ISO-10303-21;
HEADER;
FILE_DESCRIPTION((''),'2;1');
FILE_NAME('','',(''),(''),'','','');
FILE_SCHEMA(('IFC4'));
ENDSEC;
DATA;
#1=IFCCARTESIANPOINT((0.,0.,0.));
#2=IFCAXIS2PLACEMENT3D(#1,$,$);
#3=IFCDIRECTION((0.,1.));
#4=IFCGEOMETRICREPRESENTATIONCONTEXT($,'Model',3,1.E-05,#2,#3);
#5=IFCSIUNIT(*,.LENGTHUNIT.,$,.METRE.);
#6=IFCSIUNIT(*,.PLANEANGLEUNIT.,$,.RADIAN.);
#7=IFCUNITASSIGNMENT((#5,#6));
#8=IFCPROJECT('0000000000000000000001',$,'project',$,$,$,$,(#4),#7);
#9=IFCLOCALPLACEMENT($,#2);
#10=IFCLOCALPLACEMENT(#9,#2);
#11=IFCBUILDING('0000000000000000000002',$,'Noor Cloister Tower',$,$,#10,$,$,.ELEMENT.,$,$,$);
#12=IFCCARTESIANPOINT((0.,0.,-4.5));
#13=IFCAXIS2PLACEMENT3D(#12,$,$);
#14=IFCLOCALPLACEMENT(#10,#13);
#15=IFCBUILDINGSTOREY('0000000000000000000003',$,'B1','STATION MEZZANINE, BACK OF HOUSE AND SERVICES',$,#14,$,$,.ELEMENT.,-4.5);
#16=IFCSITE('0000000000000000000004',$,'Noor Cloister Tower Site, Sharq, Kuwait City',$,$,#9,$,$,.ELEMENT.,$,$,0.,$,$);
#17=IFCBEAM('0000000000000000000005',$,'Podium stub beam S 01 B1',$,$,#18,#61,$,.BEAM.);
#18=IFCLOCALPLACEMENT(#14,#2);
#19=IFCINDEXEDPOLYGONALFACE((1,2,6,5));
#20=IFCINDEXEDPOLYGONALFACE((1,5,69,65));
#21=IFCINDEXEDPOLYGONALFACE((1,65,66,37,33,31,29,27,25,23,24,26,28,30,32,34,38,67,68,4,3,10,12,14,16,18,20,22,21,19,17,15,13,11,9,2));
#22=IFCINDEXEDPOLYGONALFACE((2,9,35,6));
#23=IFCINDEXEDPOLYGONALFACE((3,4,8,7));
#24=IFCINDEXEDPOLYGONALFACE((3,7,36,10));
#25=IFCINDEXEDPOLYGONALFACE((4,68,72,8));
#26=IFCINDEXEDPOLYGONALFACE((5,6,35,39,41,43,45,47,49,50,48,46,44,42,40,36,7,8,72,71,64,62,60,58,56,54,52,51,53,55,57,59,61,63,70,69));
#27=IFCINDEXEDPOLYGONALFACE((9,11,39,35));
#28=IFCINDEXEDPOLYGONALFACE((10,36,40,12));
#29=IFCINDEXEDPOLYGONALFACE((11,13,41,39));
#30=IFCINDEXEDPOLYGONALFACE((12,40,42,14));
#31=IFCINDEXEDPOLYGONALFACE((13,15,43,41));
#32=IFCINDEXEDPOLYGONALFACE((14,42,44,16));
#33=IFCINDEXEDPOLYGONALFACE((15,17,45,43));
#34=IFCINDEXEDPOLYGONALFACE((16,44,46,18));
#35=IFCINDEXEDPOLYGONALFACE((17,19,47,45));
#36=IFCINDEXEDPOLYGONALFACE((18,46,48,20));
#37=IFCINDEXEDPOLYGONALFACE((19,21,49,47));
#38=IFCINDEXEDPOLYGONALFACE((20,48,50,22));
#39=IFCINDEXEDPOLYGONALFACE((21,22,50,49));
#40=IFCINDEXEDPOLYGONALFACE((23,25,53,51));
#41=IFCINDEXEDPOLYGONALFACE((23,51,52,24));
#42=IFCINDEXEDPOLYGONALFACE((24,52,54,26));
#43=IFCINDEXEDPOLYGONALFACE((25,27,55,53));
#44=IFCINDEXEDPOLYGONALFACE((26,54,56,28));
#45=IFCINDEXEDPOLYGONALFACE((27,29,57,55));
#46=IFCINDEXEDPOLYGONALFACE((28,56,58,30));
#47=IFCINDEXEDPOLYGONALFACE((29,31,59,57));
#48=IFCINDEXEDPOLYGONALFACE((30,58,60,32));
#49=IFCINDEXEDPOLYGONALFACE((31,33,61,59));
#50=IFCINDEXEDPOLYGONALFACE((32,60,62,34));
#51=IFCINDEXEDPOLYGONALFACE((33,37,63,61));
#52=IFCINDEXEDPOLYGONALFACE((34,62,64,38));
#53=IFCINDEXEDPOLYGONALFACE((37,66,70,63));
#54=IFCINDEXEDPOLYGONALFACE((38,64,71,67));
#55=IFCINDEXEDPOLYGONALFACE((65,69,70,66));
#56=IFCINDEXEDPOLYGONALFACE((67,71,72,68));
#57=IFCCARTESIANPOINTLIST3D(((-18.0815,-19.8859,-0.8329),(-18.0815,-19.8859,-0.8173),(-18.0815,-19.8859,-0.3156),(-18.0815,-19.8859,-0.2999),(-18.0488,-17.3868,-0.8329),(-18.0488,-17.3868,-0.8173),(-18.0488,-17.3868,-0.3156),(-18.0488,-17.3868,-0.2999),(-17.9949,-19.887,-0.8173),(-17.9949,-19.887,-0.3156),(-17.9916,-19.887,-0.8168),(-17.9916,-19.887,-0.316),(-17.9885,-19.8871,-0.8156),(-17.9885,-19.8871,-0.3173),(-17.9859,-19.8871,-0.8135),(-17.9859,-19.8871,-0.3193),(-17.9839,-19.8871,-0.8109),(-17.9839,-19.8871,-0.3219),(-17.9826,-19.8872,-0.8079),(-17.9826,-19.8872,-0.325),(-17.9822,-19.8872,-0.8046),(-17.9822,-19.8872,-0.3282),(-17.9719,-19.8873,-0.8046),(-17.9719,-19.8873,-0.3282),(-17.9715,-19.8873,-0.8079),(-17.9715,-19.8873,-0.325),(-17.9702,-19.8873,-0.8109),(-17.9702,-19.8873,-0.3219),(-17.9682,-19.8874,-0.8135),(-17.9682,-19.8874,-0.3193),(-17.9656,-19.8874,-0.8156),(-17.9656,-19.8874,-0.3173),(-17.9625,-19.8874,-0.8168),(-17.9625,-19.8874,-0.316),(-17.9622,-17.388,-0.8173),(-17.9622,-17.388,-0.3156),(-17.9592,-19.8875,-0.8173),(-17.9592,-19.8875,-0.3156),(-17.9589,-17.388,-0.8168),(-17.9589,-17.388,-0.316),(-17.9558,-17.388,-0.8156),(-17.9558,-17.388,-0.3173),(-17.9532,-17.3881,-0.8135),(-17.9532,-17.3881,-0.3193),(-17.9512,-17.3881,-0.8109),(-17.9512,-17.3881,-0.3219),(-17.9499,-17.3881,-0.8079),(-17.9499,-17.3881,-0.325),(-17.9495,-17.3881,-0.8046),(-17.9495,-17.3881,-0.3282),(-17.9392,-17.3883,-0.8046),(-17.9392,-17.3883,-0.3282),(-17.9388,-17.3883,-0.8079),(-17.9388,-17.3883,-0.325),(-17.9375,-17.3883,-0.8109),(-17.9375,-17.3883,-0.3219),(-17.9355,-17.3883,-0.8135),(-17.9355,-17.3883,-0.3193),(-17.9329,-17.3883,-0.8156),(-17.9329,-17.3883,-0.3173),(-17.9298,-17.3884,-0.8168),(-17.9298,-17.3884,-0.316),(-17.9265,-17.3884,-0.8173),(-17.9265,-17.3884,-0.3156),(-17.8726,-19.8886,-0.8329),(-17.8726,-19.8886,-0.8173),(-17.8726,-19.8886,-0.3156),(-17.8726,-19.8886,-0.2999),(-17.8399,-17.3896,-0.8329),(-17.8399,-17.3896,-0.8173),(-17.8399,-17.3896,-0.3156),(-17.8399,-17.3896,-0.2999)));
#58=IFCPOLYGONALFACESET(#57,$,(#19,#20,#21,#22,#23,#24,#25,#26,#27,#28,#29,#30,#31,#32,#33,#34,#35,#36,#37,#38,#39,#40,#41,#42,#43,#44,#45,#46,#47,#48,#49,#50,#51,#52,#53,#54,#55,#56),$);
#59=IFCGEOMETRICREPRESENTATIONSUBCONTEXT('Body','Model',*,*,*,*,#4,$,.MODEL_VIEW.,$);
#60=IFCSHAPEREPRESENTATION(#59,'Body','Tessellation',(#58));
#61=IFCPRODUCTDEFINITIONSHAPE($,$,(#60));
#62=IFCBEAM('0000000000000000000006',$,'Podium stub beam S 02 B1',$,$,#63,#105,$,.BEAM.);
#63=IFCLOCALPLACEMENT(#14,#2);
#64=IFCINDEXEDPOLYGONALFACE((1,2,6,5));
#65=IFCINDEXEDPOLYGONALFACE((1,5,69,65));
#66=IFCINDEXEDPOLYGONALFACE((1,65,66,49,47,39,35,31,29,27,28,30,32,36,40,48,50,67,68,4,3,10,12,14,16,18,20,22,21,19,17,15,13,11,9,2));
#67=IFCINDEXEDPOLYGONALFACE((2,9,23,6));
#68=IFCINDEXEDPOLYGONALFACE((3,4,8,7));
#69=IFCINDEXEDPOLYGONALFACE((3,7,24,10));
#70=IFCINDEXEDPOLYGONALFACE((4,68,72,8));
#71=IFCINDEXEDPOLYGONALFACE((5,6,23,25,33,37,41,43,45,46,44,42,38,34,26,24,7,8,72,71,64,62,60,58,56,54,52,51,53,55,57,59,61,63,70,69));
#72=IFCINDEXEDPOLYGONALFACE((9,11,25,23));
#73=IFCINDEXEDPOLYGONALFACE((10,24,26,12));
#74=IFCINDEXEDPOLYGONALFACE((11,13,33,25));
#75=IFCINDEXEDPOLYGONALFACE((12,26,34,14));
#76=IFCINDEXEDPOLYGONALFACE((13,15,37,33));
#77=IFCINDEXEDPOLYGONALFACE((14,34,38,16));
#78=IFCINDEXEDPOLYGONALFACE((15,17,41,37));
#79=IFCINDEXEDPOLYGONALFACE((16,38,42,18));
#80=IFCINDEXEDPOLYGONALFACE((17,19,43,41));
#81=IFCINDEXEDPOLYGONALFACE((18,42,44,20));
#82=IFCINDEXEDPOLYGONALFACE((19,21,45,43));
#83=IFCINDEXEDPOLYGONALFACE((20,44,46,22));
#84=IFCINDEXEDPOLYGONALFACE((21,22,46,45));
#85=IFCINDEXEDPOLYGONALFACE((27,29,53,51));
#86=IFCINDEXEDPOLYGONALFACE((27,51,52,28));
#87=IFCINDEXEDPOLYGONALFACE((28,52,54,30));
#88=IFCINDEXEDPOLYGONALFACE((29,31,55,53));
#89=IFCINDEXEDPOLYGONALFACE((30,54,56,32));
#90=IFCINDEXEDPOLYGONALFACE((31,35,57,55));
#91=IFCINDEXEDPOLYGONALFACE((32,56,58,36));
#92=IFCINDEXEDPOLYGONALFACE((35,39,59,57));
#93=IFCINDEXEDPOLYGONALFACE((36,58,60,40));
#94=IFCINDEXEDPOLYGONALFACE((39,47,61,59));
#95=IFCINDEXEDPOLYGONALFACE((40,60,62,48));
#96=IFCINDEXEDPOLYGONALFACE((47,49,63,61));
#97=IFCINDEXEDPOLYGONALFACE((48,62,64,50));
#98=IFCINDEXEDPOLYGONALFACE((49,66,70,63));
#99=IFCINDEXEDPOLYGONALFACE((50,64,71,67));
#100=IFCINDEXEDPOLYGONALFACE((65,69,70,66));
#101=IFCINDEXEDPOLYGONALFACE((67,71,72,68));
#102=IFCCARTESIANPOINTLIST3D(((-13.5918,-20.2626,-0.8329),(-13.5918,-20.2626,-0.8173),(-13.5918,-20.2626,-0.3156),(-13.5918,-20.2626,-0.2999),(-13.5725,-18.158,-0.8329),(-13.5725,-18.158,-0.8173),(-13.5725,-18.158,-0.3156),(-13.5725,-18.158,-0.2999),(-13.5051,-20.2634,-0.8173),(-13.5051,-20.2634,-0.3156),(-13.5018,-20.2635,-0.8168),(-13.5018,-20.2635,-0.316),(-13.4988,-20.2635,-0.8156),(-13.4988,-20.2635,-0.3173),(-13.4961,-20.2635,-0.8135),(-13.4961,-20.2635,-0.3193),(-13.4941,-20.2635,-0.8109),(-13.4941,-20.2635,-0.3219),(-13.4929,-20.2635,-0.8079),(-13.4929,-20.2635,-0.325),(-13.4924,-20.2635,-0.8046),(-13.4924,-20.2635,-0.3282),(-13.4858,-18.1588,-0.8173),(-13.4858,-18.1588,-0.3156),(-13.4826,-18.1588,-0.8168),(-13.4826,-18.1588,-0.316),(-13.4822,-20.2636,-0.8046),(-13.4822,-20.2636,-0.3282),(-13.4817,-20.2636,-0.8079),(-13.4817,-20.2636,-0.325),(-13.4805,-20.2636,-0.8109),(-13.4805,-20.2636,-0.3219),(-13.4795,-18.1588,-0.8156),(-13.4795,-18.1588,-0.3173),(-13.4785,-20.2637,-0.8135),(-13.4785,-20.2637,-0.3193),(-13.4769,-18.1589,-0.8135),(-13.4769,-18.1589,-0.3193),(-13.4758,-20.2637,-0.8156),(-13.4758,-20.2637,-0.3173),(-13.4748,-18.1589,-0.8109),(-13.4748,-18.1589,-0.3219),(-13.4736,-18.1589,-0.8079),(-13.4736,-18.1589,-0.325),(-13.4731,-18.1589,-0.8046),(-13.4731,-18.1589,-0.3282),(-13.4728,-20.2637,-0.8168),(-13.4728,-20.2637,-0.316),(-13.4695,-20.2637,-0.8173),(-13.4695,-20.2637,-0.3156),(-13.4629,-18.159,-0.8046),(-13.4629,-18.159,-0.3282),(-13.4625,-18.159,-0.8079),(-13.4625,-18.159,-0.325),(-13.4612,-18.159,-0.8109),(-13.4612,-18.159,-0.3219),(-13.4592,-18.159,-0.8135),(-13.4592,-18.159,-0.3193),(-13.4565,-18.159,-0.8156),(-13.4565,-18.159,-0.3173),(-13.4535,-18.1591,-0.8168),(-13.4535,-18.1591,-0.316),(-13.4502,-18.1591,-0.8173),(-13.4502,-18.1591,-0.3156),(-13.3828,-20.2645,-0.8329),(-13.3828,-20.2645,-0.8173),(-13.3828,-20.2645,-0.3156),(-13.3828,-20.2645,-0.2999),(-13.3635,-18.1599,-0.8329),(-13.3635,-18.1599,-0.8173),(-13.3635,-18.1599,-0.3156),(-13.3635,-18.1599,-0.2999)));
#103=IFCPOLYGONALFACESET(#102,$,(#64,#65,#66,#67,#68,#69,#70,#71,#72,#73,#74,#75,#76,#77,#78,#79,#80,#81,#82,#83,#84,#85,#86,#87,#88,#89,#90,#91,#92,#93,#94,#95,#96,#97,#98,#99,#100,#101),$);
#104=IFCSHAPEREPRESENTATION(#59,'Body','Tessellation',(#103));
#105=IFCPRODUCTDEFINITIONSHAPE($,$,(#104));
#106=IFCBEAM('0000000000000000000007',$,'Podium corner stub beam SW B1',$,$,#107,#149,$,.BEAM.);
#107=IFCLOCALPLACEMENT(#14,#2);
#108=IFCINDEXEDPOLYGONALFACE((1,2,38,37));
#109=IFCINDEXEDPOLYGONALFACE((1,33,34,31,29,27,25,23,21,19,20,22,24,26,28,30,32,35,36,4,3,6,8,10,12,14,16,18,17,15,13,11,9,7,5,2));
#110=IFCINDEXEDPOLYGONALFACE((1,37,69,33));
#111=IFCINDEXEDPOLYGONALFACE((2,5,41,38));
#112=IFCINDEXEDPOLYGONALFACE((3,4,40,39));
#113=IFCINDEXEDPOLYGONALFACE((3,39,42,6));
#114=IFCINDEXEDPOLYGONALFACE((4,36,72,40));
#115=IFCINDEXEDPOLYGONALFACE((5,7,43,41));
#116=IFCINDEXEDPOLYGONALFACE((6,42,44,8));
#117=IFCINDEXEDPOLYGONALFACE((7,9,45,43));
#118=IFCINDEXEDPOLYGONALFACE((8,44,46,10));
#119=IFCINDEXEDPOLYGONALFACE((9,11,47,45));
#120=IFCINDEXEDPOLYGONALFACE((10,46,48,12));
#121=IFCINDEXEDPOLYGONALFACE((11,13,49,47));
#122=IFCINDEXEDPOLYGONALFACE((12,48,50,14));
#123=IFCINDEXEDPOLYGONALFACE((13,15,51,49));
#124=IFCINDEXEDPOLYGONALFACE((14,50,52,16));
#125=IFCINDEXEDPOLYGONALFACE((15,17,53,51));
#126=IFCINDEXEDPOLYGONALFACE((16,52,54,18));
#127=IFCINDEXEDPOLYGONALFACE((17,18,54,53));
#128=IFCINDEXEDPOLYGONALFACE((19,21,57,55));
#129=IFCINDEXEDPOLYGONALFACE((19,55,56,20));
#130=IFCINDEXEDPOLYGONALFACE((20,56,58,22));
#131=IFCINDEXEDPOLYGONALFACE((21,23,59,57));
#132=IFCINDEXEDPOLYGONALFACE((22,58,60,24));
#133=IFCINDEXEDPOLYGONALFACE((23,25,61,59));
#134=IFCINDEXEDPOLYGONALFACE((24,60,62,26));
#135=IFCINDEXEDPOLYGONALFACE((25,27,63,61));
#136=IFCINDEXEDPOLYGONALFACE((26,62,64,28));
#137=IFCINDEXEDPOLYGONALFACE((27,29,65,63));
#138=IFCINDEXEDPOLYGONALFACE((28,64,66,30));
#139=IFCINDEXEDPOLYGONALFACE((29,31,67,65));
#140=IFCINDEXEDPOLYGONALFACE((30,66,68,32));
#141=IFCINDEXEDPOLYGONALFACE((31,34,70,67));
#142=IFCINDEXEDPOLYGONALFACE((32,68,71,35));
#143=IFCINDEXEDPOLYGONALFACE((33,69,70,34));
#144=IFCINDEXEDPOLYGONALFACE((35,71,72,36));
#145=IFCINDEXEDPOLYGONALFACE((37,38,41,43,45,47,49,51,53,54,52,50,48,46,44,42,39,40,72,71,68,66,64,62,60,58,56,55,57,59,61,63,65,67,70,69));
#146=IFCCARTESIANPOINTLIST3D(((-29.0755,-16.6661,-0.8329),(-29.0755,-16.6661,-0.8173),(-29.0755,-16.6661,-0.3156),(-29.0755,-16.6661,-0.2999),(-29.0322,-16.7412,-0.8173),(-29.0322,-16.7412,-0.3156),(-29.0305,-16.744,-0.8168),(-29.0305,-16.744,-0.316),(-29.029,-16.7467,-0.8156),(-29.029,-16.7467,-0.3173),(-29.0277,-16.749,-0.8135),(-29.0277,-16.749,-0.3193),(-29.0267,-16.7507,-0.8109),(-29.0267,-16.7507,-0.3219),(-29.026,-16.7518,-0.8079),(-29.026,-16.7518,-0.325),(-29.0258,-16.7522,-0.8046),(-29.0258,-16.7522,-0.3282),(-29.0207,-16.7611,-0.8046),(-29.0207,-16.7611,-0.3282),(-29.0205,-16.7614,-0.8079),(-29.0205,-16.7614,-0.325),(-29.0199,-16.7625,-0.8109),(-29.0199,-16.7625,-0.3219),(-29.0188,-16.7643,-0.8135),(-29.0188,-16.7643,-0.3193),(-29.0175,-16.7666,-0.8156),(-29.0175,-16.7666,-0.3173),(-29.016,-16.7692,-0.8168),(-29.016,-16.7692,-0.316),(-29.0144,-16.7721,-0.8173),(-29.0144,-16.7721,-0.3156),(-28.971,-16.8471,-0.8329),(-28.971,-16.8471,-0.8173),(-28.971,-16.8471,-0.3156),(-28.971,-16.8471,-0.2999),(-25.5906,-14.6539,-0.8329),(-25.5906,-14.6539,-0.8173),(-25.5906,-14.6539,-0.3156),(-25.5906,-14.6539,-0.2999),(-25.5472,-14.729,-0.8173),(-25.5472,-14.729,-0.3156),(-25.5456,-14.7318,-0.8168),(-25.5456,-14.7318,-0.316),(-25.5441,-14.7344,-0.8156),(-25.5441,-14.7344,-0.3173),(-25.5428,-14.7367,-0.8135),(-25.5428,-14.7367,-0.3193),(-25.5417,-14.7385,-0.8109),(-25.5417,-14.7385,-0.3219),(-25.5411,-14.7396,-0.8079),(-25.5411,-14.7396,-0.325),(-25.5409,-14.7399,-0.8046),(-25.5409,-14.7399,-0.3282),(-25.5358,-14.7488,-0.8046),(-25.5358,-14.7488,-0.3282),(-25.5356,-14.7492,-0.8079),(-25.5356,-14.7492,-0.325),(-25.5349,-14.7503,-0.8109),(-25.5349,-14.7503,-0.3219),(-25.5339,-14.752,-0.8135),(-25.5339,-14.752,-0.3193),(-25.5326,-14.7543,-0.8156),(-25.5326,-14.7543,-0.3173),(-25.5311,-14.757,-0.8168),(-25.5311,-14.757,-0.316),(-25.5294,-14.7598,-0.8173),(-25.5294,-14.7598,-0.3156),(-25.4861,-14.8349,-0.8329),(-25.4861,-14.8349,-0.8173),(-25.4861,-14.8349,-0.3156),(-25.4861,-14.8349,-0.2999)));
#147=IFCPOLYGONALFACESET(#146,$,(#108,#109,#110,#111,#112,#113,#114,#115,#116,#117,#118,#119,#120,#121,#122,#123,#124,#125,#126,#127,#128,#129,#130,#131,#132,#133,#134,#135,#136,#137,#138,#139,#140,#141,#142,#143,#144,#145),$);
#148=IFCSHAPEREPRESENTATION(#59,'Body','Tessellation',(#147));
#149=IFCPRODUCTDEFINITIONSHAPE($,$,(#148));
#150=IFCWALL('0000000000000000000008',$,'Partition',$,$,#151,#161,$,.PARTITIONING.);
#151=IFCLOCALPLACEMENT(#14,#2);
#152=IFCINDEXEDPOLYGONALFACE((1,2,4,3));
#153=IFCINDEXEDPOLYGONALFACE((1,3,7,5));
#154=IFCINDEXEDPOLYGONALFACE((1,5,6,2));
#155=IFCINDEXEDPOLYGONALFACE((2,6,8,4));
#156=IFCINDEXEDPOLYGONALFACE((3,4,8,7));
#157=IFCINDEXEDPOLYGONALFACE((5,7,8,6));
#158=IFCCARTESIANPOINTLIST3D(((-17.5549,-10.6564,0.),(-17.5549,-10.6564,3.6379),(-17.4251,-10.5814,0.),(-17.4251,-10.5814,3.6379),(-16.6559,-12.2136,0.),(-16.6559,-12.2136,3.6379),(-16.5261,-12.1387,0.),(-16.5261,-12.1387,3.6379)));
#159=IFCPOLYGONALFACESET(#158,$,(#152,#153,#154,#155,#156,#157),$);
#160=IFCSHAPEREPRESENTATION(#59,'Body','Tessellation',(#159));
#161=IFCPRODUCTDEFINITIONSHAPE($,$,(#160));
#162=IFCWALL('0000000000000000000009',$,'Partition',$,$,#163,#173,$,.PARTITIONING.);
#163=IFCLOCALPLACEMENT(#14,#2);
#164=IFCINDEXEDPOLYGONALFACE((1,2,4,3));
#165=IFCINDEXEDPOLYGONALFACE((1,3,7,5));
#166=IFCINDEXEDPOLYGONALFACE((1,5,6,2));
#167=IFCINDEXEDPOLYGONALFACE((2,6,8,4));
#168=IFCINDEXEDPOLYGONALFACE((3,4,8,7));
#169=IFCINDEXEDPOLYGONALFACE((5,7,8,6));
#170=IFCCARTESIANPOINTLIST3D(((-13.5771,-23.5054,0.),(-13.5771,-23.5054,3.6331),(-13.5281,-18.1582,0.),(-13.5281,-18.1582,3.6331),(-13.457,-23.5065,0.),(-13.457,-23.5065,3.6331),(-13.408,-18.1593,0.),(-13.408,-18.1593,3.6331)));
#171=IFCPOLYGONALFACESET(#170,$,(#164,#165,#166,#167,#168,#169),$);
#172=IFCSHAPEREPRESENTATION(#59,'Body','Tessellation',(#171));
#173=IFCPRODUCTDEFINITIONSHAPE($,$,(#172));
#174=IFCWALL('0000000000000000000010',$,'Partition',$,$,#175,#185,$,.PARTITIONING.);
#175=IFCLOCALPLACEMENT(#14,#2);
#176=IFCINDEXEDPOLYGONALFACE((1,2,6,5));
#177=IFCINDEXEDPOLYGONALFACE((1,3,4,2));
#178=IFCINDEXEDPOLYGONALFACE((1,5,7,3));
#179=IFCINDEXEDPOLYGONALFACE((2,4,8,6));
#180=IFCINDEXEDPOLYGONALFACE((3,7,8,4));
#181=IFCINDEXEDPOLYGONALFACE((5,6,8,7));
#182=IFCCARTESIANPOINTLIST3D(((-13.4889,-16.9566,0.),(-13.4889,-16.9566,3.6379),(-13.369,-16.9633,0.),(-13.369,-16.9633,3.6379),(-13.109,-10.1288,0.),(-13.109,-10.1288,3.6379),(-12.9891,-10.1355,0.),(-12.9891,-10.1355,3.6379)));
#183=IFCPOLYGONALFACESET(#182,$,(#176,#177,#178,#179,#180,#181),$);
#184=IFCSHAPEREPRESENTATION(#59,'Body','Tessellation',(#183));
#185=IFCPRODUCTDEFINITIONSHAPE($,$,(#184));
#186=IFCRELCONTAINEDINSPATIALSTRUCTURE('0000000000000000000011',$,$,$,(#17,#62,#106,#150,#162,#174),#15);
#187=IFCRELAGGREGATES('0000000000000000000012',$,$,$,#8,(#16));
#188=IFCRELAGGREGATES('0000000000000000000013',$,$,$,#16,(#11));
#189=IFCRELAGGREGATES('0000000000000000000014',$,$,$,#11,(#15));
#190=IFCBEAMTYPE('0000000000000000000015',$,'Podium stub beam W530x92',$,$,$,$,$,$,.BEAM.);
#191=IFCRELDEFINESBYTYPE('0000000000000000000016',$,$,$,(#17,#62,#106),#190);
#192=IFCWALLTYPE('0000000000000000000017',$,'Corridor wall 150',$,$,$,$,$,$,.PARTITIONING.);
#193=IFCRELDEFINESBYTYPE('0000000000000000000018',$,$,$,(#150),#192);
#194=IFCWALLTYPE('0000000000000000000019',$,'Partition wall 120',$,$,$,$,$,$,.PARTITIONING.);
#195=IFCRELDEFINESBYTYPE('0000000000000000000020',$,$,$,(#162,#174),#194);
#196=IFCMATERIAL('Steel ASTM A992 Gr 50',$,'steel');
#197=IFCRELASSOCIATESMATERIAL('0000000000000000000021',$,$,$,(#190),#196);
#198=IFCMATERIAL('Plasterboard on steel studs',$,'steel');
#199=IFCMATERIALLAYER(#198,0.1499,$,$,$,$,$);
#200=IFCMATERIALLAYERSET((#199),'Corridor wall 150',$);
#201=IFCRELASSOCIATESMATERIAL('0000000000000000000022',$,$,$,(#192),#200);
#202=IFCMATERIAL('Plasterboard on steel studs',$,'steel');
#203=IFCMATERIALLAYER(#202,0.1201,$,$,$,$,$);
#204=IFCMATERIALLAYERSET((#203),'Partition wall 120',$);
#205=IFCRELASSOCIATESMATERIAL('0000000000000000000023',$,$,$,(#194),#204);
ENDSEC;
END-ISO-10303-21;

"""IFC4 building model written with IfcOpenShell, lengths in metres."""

from ifc_helpers import new_model, si_unit, direction, frame, frame_2d, origin, origin_2d, place, context, subcontext, project, spatial, rectangle, i_section, extrude, material, layer, layer_set, material_profile, profile_set, type_object, element, save


model = new_model("IFC4")

# Units and contexts
model_context = context("Model", 3, precision=1e-05, world=origin(), true_north=direction((0.0, 1.0)))
body_context = subcontext(model_context, "Body", "Model", "MODEL_VIEW")
ifc_project = project(units=[si_unit("LENGTHUNIT", "METRE"), si_unit("PLANEANGLEUNIT", "RADIAN")], contexts=[model_context])

# Site, building, storey
site_placement = place(None, origin())
site = spatial("IfcSite", under=ifc_project, at=site_placement, Name="Noor Cloister Tower Site, Sharq, Kuwait City", CompositionType="ELEMENT", RefElevation=0.0)
building_placement = place(site_placement, origin())
building = spatial("IfcBuilding", under=site, at=building_placement, Name="Noor Cloister Tower", CompositionType="ELEMENT")
storey_placement = place(building_placement, frame((0.0, 0.0, -4.5)))
storey = spatial("IfcBuildingStorey", under=building, at=storey_placement, Name="B1", Description="STATION MEZZANINE, BACK OF HOUSE AND SERVICES", CompositionType="ELEMENT", Elevation=-4.5)

# Beams
ifc_material_1 = material(Name="Steel ASTM A992 Gr 50", Category="steel")
ifc_material_profile_1 = material_profile(ifc_material_1, i_section(OverallWidth=0.209, OverallDepth=0.533, WebThickness=0.0103, FlangeThickness=0.0156, FilletRadius=0.0127, at=origin_2d()), Name="W530x92")
ifc_profile_set_1 = profile_set([ifc_material_profile_1], Name="Steel ASTM A992 Gr 50")
beam_type_1 = type_object("IfcBeamType", Name="Podium stub beam W530x92", PredefinedType="BEAM", material=ifc_profile_set_1)
beam_1_placement = place(storey_placement, frame((-17.9443, -17.3882, -0.5664), z_axis=(-0.01309, -0.999914, 0.0), x_axis=(0.999914, -0.01309, 0.0)))
element("IfcBeam", 1, at=beam_1_placement, inside=storey, type_object=beam_type_1, Name="Podium stub beam S 01 B1", PredefinedType="BEAM", context=body_context, shape_type="SweptSolid", body=[
    extrude(i_section(OverallWidth=0.209, OverallDepth=0.533, WebThickness=0.0103, FlangeThickness=0.0156, FilletRadius=0.0127, at=origin_2d()), origin(), (0.0, 0.0, 1.0), 2.4993),
])
beam_2_placement = place(storey_placement, frame((-13.468, -18.1589, -0.5664), z_axis=(-0.009163, -0.999958, 0.0), x_axis=(0.999958, -0.009163, 0.0)))
element("IfcBeam", 2, at=beam_2_placement, inside=storey, type_object=beam_type_1, Name="Podium stub beam S 02 B1", PredefinedType="BEAM", context=body_context, shape_type="SweptSolid", body=[
    extrude(i_section(OverallWidth=0.209, OverallDepth=0.533, WebThickness=0.0103, FlangeThickness=0.0156, FilletRadius=0.0127, at=origin_2d()), origin(), (0.0, 0.0, 1.0), 2.1047),
])
beam_3_placement = place(storey_placement, frame((-25.5383, -14.7444, -0.5664), z_axis=(-0.866002, -0.500041, 0.0), x_axis=(0.500041, -0.866002, 0.0)))
element("IfcBeam", 3, at=beam_3_placement, inside=storey, type_object=beam_type_1, Name="Podium corner stub beam SW B1", PredefinedType="BEAM", context=body_context, shape_type="SweptSolid", body=[
    extrude(i_section(OverallWidth=0.209, OverallDepth=0.533, WebThickness=0.0103, FlangeThickness=0.0156, FilletRadius=0.0127, at=origin_2d()), origin(), (0.0, 0.0, 1.0), 4.0242),
])

# Walls
ifc_material_2 = material(Name="Plasterboard on steel studs", Category="steel")
ifc_layer_1 = layer(ifc_material_2, 0.1499)
ifc_layer_set_1 = layer_set([ifc_layer_1], Name="Corridor wall 150")
wall_type_1 = type_object("IfcWallType", Name="Corridor wall 150", PredefinedType="PARTITIONING", material=ifc_layer_set_1)
wall_1_placement = place(storey_placement, frame((-16.5911, -12.176, 0.0), z_axis=(0.0, 0.0, 1.0), x_axis=(-0.499965, 0.866045, 0.0)))
element("IfcWall", 4, at=wall_1_placement, inside=storey, type_object=wall_type_1, Name="Partition", PredefinedType="PARTITIONING", context=body_context, shape_type="SweptSolid", body=[
    extrude(rectangle(XDim=1.7981, YDim=0.1499, at=frame_2d((0.8989, 0.0))), origin(), (0.0, 0.0, 1.0), 3.6379),
])
ifc_material_3 = material(Name="Plasterboard on steel studs", Category="steel")
ifc_layer_2 = layer(ifc_material_3, 0.1201)
ifc_layer_set_2 = layer_set([ifc_layer_2], Name="Partition wall 120")
wall_type_2 = type_object("IfcWallType", Name="Partition wall 120", PredefinedType="PARTITIONING", material=ifc_layer_set_2)
wall_2_placement = place(storey_placement, frame((-13.5171, -23.5061, 0.0), z_axis=(0.0, 0.0, 1.0), x_axis=(0.009177, 0.999958, 0.0)))
element("IfcWall", 5, at=wall_2_placement, inside=storey, type_object=wall_type_2, Name="Partition", PredefinedType="PARTITIONING", context=body_context, shape_type="SweptSolid", body=[
    extrude(rectangle(XDim=5.3474, YDim=0.1201, at=frame_2d((2.6738, 0.0))), origin(), (0.0, 0.0, 1.0), 3.6331),
])
wall_3_placement = place(storey_placement, frame((-13.429, -16.96, 0.0), z_axis=(0.0, 0.0, 1.0), x_axis=(0.055551, 0.998456, 0.0)))
element("IfcWall", 6, at=wall_3_placement, inside=storey, type_object=wall_type_2, Name="Partition", PredefinedType="PARTITIONING", context=body_context, shape_type="SweptSolid", body=[
    extrude(rectangle(XDim=6.8384, YDim=0.1201, at=frame_2d((3.4192, 0.0))), origin(), (0.0, 0.0, 1.0), 3.6379),
])

save(model, "model.ifc")
